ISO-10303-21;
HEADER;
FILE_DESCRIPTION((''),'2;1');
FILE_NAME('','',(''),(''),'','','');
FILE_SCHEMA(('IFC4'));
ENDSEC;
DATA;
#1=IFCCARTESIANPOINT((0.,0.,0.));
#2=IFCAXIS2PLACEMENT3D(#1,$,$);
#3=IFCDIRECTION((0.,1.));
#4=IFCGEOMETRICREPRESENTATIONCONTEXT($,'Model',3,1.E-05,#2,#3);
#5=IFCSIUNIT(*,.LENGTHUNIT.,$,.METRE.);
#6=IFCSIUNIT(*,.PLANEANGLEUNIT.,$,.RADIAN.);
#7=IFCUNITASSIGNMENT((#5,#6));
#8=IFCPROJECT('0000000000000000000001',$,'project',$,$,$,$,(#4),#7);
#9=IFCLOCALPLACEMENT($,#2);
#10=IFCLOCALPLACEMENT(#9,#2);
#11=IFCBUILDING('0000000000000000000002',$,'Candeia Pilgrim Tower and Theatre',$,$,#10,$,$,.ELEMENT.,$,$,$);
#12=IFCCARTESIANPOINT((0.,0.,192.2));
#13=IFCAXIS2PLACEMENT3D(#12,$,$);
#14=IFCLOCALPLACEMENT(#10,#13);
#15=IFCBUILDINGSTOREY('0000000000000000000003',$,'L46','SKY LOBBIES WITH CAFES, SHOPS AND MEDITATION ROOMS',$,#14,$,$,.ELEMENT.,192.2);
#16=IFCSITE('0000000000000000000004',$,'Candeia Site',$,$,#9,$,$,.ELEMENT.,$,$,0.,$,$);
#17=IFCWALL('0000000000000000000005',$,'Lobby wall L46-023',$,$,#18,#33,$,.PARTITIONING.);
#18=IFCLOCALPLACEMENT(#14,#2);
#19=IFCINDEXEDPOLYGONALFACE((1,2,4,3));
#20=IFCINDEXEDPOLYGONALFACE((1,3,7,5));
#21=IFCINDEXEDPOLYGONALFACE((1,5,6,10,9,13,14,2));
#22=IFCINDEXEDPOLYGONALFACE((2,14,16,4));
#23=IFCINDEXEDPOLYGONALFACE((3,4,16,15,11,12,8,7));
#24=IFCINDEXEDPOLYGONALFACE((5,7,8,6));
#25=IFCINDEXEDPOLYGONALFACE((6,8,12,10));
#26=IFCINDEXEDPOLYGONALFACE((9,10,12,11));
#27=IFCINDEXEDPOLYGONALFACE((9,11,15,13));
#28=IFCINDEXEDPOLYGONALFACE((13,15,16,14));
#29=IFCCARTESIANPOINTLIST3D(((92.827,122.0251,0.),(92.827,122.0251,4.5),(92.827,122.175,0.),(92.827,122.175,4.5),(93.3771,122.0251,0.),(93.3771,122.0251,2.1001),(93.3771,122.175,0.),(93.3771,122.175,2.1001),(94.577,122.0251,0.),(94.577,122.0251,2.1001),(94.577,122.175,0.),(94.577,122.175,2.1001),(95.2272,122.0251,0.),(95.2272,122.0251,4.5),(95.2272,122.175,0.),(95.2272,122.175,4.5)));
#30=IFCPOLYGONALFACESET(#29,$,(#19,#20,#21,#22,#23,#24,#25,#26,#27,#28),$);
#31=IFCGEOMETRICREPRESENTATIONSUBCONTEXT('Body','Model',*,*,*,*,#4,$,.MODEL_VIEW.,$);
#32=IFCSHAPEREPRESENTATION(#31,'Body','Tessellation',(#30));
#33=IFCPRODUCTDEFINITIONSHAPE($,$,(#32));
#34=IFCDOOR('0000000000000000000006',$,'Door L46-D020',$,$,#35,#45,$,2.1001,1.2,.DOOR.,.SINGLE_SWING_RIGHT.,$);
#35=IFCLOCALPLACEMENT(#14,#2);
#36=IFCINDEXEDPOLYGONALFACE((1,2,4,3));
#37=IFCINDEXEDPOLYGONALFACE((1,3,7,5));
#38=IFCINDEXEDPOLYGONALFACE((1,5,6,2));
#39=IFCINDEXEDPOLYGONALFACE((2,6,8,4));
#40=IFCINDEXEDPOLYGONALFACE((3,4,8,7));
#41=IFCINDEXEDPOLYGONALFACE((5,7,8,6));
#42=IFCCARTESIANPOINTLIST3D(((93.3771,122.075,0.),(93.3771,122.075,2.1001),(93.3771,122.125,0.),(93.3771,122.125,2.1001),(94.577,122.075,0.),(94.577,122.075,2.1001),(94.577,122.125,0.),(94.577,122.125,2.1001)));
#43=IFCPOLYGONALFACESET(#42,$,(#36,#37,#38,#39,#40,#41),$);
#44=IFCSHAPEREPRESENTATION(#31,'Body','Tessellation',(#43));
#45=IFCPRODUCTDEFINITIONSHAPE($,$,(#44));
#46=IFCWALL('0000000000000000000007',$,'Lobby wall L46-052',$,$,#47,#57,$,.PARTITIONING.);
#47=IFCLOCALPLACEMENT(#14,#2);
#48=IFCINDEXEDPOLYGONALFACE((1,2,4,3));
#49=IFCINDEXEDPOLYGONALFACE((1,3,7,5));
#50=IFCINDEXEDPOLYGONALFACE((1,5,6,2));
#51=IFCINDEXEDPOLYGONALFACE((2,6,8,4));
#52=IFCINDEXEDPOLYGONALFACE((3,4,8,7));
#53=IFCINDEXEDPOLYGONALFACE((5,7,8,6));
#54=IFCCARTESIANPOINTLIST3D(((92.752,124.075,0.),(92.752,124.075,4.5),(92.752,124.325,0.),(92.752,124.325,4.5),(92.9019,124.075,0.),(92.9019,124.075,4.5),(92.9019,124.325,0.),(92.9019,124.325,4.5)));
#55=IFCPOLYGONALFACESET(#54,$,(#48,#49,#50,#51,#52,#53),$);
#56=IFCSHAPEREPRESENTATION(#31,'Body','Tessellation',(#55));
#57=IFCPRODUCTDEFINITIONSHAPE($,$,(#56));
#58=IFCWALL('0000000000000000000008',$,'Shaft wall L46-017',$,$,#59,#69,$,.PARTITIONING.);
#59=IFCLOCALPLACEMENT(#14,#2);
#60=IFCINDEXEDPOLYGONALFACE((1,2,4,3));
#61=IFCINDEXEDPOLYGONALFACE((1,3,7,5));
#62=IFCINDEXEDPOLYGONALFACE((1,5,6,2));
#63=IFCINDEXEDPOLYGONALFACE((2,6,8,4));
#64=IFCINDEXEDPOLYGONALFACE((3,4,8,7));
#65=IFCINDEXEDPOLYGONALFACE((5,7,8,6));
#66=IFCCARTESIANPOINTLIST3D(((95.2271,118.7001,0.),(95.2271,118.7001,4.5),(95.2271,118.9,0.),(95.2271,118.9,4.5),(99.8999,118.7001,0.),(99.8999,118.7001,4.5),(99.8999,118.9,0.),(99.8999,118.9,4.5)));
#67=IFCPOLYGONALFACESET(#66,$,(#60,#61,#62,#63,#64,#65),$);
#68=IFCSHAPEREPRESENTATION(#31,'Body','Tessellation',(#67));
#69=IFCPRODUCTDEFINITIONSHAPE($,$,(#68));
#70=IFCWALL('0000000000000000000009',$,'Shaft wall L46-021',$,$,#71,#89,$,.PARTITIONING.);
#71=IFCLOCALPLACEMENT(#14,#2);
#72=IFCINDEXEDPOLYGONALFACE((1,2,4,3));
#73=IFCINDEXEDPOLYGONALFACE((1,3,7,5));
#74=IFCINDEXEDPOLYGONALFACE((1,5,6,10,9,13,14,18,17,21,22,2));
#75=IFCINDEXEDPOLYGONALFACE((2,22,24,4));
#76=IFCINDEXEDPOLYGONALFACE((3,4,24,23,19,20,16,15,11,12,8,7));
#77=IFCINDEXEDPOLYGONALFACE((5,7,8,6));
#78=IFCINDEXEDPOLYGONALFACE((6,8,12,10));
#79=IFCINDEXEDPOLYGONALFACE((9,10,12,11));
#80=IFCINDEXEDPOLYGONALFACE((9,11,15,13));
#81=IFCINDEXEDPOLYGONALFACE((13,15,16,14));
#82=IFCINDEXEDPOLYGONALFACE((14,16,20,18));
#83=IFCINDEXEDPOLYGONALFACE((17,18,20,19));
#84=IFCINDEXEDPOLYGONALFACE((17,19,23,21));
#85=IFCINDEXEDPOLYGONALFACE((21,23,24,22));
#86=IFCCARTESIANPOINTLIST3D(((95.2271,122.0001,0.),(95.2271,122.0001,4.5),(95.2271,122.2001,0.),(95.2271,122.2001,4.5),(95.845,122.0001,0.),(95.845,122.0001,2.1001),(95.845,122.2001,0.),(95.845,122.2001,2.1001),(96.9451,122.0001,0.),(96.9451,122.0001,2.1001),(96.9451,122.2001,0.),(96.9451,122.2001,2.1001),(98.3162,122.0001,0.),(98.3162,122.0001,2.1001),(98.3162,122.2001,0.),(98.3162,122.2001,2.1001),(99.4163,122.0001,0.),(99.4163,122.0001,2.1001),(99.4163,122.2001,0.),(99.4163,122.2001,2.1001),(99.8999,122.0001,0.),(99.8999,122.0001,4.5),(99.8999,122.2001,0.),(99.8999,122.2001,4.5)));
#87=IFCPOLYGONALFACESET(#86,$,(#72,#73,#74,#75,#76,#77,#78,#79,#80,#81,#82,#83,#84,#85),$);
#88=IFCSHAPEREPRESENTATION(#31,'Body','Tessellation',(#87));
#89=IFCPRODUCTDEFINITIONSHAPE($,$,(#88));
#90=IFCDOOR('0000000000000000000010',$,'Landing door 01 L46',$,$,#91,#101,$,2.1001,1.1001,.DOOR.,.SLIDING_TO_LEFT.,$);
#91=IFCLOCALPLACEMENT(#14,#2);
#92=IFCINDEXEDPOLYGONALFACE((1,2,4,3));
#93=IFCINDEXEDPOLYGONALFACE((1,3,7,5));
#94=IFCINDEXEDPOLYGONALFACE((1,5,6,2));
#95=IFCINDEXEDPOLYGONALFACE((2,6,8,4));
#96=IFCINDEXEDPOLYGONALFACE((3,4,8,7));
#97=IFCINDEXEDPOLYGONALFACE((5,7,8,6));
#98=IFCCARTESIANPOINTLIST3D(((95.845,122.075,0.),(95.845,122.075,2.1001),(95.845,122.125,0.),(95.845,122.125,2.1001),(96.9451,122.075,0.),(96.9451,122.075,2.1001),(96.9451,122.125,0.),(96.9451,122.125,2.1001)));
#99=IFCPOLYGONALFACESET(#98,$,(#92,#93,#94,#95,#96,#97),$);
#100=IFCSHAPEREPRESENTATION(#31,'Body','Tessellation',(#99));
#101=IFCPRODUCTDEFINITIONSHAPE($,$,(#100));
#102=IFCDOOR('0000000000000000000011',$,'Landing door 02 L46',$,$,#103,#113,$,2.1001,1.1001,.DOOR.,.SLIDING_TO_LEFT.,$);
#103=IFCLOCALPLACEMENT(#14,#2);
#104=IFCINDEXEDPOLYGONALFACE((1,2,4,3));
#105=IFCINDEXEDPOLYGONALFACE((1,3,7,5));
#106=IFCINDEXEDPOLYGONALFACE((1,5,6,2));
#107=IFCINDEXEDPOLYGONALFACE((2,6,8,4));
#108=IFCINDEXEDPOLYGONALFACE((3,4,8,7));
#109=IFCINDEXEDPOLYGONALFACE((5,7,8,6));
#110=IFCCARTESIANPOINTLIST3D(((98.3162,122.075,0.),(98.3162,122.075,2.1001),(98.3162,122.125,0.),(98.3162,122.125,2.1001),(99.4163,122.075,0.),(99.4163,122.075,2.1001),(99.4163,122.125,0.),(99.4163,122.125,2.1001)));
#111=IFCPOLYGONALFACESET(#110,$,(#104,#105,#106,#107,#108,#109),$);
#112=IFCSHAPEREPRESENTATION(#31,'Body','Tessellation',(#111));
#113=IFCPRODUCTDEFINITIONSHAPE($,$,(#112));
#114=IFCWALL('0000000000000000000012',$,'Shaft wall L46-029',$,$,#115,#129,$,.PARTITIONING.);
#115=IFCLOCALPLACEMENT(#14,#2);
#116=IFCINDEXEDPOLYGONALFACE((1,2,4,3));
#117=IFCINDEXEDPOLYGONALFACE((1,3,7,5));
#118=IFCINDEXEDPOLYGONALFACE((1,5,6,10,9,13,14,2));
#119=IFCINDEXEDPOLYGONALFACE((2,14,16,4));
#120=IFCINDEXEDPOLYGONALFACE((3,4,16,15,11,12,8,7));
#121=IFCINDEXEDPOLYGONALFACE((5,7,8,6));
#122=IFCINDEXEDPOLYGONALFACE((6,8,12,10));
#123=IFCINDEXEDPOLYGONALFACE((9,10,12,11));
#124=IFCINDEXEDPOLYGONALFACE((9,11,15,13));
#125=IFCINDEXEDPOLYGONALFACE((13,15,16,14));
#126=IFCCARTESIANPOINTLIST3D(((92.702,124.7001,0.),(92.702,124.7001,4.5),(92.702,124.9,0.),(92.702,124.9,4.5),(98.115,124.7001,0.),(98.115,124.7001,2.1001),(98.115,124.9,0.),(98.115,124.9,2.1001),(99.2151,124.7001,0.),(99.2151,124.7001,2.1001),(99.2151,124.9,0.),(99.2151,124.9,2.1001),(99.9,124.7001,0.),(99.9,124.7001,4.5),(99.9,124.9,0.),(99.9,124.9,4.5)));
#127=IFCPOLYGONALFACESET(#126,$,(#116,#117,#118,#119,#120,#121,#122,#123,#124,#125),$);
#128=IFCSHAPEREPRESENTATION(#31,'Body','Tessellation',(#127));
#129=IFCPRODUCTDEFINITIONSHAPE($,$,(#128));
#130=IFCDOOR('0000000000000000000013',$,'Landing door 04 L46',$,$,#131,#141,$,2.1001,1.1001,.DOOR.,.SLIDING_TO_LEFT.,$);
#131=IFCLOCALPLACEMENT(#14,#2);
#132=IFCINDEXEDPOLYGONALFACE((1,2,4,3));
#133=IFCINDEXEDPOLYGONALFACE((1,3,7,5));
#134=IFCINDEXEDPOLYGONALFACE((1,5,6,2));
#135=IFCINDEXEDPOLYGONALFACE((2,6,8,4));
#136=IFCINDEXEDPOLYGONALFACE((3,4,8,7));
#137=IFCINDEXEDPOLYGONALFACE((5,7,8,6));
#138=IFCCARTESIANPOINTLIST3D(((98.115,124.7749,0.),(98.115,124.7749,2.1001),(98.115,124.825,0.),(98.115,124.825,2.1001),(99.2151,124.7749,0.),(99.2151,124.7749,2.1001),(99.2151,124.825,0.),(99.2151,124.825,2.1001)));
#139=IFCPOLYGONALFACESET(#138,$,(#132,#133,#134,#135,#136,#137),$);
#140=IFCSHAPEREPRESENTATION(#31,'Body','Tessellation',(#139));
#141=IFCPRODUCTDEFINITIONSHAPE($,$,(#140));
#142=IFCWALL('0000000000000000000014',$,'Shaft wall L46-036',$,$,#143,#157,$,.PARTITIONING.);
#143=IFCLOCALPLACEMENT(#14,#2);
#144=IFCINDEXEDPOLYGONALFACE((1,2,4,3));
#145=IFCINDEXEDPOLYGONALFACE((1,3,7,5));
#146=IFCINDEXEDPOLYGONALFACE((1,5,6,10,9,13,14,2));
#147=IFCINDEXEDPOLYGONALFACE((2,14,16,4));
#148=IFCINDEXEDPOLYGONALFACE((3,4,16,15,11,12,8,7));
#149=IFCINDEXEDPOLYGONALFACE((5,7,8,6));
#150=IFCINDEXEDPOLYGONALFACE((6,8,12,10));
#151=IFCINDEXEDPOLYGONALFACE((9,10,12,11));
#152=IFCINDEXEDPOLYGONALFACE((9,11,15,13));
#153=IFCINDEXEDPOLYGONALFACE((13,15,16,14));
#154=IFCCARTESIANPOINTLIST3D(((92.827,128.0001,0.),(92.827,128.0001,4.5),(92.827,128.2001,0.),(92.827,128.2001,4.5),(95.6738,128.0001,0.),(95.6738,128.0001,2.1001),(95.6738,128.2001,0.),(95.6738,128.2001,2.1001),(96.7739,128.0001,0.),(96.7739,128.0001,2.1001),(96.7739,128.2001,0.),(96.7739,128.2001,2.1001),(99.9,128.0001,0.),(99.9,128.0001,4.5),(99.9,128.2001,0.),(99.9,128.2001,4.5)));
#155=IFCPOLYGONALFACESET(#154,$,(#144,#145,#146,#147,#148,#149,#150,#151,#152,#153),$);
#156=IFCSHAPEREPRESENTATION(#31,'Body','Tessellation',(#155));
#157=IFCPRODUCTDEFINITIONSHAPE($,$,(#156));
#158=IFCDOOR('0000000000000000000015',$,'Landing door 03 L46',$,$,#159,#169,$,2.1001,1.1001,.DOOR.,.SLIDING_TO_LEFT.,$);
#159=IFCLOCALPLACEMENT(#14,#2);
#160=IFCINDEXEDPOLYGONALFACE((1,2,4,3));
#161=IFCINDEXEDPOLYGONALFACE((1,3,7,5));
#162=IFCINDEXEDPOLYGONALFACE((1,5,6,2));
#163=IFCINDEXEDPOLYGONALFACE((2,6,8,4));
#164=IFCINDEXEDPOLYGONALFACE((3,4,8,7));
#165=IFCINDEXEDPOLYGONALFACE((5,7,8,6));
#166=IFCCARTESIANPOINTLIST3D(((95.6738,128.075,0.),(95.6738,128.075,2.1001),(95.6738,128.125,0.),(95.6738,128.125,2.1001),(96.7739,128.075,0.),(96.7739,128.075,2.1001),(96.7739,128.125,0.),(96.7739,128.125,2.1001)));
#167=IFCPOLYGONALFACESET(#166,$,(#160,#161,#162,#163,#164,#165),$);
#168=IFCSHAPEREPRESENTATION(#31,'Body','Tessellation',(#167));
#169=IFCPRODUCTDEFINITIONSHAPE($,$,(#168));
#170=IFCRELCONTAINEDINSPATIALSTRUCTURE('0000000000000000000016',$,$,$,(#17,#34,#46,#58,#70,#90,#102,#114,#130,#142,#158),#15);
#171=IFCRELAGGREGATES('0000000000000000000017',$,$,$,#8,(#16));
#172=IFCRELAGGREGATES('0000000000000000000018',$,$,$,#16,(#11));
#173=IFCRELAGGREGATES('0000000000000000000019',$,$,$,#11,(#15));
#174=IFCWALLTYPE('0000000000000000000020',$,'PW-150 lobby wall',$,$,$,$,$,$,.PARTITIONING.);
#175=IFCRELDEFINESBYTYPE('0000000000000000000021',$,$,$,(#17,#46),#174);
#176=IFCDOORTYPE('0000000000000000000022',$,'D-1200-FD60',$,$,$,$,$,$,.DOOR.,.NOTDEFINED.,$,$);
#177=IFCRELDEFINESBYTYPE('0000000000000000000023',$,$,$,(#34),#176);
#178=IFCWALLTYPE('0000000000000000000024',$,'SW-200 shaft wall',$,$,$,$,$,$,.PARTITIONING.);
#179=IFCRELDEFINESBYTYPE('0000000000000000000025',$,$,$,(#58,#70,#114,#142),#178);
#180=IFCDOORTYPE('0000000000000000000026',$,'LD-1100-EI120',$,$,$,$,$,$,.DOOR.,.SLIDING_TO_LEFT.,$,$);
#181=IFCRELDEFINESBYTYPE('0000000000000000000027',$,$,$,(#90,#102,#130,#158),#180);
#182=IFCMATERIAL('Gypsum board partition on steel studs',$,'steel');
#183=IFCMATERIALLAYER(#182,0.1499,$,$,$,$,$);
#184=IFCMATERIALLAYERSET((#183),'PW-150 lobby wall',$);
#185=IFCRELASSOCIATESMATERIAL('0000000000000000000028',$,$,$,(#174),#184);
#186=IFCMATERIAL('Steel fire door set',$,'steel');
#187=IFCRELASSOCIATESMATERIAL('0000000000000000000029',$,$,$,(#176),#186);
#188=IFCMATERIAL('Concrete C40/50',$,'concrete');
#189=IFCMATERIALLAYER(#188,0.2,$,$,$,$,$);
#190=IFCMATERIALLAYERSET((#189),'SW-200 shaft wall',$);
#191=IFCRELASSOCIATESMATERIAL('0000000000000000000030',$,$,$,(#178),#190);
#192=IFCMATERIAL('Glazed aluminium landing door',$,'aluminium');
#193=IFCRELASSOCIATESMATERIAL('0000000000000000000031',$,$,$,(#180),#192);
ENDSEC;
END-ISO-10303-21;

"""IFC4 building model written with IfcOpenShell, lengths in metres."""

from ifc_helpers import new_model, si_unit, direction, frame, frame_2d, origin, place, context, subcontext, project, spatial, rectangle, extrude, material, layer, layer_set, type_object, element, fill, save


model = new_model("IFC4")

# Units and contexts
model_context = context("Model", 3, precision=1e-05, world=origin(), true_north=direction((0.0, 1.0)))
body_context = subcontext(model_context, "Body", "Model", "MODEL_VIEW")
ifc_project = project(units=[si_unit("LENGTHUNIT", "METRE"), si_unit("PLANEANGLEUNIT", "RADIAN")], contexts=[model_context])

# Site, building, storey
site_placement = place(None, origin())
site = spatial("IfcSite", under=ifc_project, at=site_placement, Name="Candeia Site", CompositionType="ELEMENT", RefElevation=0.0)
building_placement = place(site_placement, origin())
building = spatial("IfcBuilding", under=site, at=building_placement, Name="Candeia Pilgrim Tower and Theatre", CompositionType="ELEMENT")
storey_placement = place(building_placement, frame((0.0, 0.0, 192.2)))
storey = spatial("IfcBuildingStorey", under=building, at=storey_placement, Name="L46", Description="SKY LOBBIES WITH CAFES, SHOPS AND MEDITATION ROOMS", CompositionType="ELEMENT", Elevation=192.2)

# Wall, opening, door
ifc_material_1 = material(Name="Gypsum board partition on steel studs", Category="steel")
ifc_layer_1 = layer(ifc_material_1, 0.1499)
ifc_layer_set_1 = layer_set([ifc_layer_1], Name="PW-150 lobby wall")
wall_type_1 = type_object("IfcWallType", Name="PW-150 lobby wall", PredefinedType="PARTITIONING", material=ifc_layer_set_1)
wall_1_placement = place(storey_placement, frame((92.8269, 122.1001, 0.0), z_axis=(0.0, 0.0, 1.0), x_axis=(1.0, 0.0, 0.0)))
wall_1 = element("IfcWall", 1, at=wall_1_placement, inside=storey, type_object=wall_type_1, Name="Lobby wall L46-023", PredefinedType="PARTITIONING", context=body_context, shape_type="SweptSolid", body=[
    extrude(rectangle(XDim=2.4001, YDim=0.1499, at=frame_2d((1.2002, 0.0))), origin(), (0.0, 0.0, 1.0), 4.5),
])
opening_1_placement = place(wall_1_placement, frame((0.55, 0.0, 0.0)))
opening_1 = element("IfcOpeningElement", 2, at=opening_1_placement, cuts=wall_1, PredefinedType="OPENING", context=body_context, shape_type="SweptSolid", body=[
    extrude(rectangle(XDim=1.2, YDim=2.1001, at=frame_2d((0.6001, 1.05))), frame((0.0, 0.085, 0.0), z_axis=(0.0, -1.0, 0.0), x_axis=(1.0, 0.0, 0.0)), (0.0, 0.0, 1.0), 0.1699),
])
ifc_material_2 = material(Name="Steel fire door set", Category="steel")
door_type_1 = type_object("IfcDoorType", Name="D-1200-FD60", OperationType="NOTDEFINED", PredefinedType="DOOR", material=ifc_material_2)
door_1_placement = place(opening_1_placement, origin())
door_1 = element("IfcDoor", 3, at=door_1_placement, inside=storey, type_object=door_type_1, Name="Door L46-D020", OperationType="SINGLE_SWING_RIGHT", OverallHeight=2.1001, OverallWidth=1.2, PredefinedType="DOOR", context=body_context, shape_type="SweptSolid", body=[
    extrude(rectangle(XDim=1.2, YDim=2.1001, at=frame_2d((0.6001, 1.05))), frame((0.0, 0.0249, 0.0), z_axis=(0.0, -1.0, 0.0), x_axis=(1.0, 0.0, 0.0)), (0.0, 0.0, 1.0), 0.05),
])
fill(opening_1, door_1)

# Walls
wall_2_placement = place(storey_placement, frame((92.8269, 124.075, 0.0), z_axis=(0.0, 0.0, 1.0), x_axis=(0.0, 1.0, 0.0)))
element("IfcWall", 4, at=wall_2_placement, inside=storey, type_object=wall_type_1, Name="Lobby wall L46-052", PredefinedType="PARTITIONING", context=body_context, shape_type="SweptSolid", body=[
    extrude(rectangle(XDim=0.25, YDim=0.1499, at=frame_2d((0.125, 0.0))), origin(), (0.0, 0.0, 1.0), 4.5),
])
ifc_material_3 = material(Name="Concrete C40/50", Category="concrete")
ifc_layer_2 = layer(ifc_material_3, 0.2)
ifc_layer_set_2 = layer_set([ifc_layer_2], Name="SW-200 shaft wall")
wall_type_2 = type_object("IfcWallType", Name="SW-200 shaft wall", PredefinedType="PARTITIONING", material=ifc_layer_set_2)
wall_3_placement = place(storey_placement, frame((95.2271, 118.8, 0.0), z_axis=(0.0, 0.0, 1.0), x_axis=(1.0, 0.0, 0.0)))
element("IfcWall", 5, at=wall_3_placement, inside=storey, type_object=wall_type_2, Name="Shaft wall L46-017", PredefinedType="PARTITIONING", context=body_context, shape_type="SweptSolid", body=[
    extrude(rectangle(XDim=4.6729, YDim=0.2, at=frame_2d((2.3364, 0.0))), origin(), (0.0, 0.0, 1.0), 4.5),
])

# Wall, openings, doors
wall_4_placement = place(storey_placement, frame((95.2271, 122.1001, 0.0), z_axis=(0.0, 0.0, 1.0), x_axis=(1.0, 0.0, 0.0)))
wall_4 = element("IfcWall", 6, at=wall_4_placement, inside=storey, type_object=wall_type_2, Name="Shaft wall L46-021", PredefinedType="PARTITIONING", context=body_context, shape_type="SweptSolid", body=[
    extrude(rectangle(XDim=4.6729, YDim=0.2, at=frame_2d((2.3364, 0.0))), origin(), (0.0, 0.0, 1.0), 4.5),
])
opening_2_placement = place(wall_4_placement, frame((0.6179, 0.0, 0.0)))
opening_2 = element("IfcOpeningElement", 7, at=opening_2_placement, cuts=wall_4, PredefinedType="OPENING", context=body_context, shape_type="SweptSolid", body=[
    extrude(rectangle(XDim=1.1001, YDim=2.1001, at=frame_2d((0.55, 1.05))), frame((0.0, 0.1099, 0.0), z_axis=(0.0, -1.0, 0.0), x_axis=(1.0, 0.0, 0.0)), (0.0, 0.0, 1.0), 0.22),
])
opening_3_placement = place(wall_4_placement, frame((3.0891, 0.0, 0.0)))
opening_3 = element("IfcOpeningElement", 8, at=opening_3_placement, cuts=wall_4, PredefinedType="OPENING", context=body_context, shape_type="SweptSolid", body=[
    extrude(rectangle(XDim=1.1001, YDim=2.1001, at=frame_2d((0.55, 1.05))), frame((0.0, 0.1099, 0.0), z_axis=(0.0, -1.0, 0.0), x_axis=(1.0, 0.0, 0.0)), (0.0, 0.0, 1.0), 0.22),
])
ifc_material_4 = material(Name="Glazed aluminium landing door", Category="aluminium")
door_type_2 = type_object("IfcDoorType", Name="LD-1100-EI120", OperationType="SLIDING_TO_LEFT", PredefinedType="DOOR", material=ifc_material_4)
door_2_placement = place(opening_2_placement, origin())
door_2 = element("IfcDoor", 9, at=door_2_placement, inside=storey, type_object=door_type_2, Name="Landing door 01 L46", OperationType="SLIDING_TO_LEFT", OverallHeight=2.1001, OverallWidth=1.1001, PredefinedType="DOOR", context=body_context, shape_type="SweptSolid", body=[
    extrude(rectangle(XDim=1.1001, YDim=2.1001, at=frame_2d((0.55, 1.05))), frame((0.0, 0.0249, 0.0), z_axis=(0.0, -1.0, 0.0), x_axis=(1.0, 0.0, 0.0)), (0.0, 0.0, 1.0), 0.05),
])
fill(opening_2, door_2)
door_3_placement = place(opening_3_placement, origin())
door_3 = element("IfcDoor", 10, at=door_3_placement, inside=storey, type_object=door_type_2, Name="Landing door 02 L46", OperationType="SLIDING_TO_LEFT", OverallHeight=2.1001, OverallWidth=1.1001, PredefinedType="DOOR", context=body_context, shape_type="SweptSolid", body=[
    extrude(rectangle(XDim=1.1001, YDim=2.1001, at=frame_2d((0.55, 1.05))), frame((0.0, 0.0249, 0.0), z_axis=(0.0, -1.0, 0.0), x_axis=(1.0, 0.0, 0.0)), (0.0, 0.0, 1.0), 0.05),
])
fill(opening_3, door_3)

# Walls, openings, doors
wall_5_placement = place(storey_placement, frame((92.7019, 124.8, 0.0), z_axis=(0.0, 0.0, 1.0), x_axis=(1.0, 0.0, 0.0)))
wall_5 = element("IfcWall", 11, at=wall_5_placement, inside=storey, type_object=wall_type_2, Name="Shaft wall L46-029", PredefinedType="PARTITIONING", context=body_context, shape_type="SweptSolid", body=[
    extrude(rectangle(XDim=7.198, YDim=0.2, at=frame_2d((3.5991, 0.0))), origin(), (0.0, 0.0, 1.0), 4.5),
])
opening_4_placement = place(wall_5_placement, frame((5.4131, 0.0, 0.0)))
opening_4 = element("IfcOpeningElement", 12, at=opening_4_placement, cuts=wall_5, PredefinedType="OPENING", context=body_context, shape_type="SweptSolid", body=[
    extrude(rectangle(XDim=1.1001, YDim=2.1001, at=frame_2d((0.55, 1.05))), frame((0.0, 0.1099, 0.0), z_axis=(0.0, -1.0, 0.0), x_axis=(1.0, 0.0, 0.0)), (0.0, 0.0, 1.0), 0.22),
])
door_4_placement = place(opening_4_placement, origin())
door_4 = element("IfcDoor", 13, at=door_4_placement, inside=storey, type_object=door_type_2, Name="Landing door 04 L46", OperationType="SLIDING_TO_LEFT", OverallHeight=2.1001, OverallWidth=1.1001, PredefinedType="DOOR", context=body_context, shape_type="SweptSolid", body=[
    extrude(rectangle(XDim=1.1001, YDim=2.1001, at=frame_2d((0.55, 1.05))), frame((0.0, 0.0249, 0.0), z_axis=(0.0, -1.0, 0.0), x_axis=(1.0, 0.0, 0.0)), (0.0, 0.0, 1.0), 0.05),
])
fill(opening_4, door_4)
wall_6_placement = place(storey_placement, frame((92.8269, 128.1001, 0.0), z_axis=(0.0, 0.0, 1.0), x_axis=(1.0, 0.0, 0.0)))
wall_6 = element("IfcWall", 14, at=wall_6_placement, inside=storey, type_object=wall_type_2, Name="Shaft wall L46-036", PredefinedType="PARTITIONING", context=body_context, shape_type="SweptSolid", body=[
    extrude(rectangle(XDim=7.073, YDim=0.2, at=frame_2d((3.5366, 0.0))), origin(), (0.0, 0.0, 1.0), 4.5),
])
opening_5_placement = place(wall_6_placement, frame((2.8469, 0.0, 0.0)))
opening_5 = element("IfcOpeningElement", 15, at=opening_5_placement, cuts=wall_6, PredefinedType="OPENING", context=body_context, shape_type="SweptSolid", body=[
    extrude(rectangle(XDim=1.1001, YDim=2.1001, at=frame_2d((0.55, 1.05))), frame((0.0, 0.1099, 0.0), z_axis=(0.0, -1.0, 0.0), x_axis=(1.0, 0.0, 0.0)), (0.0, 0.0, 1.0), 0.22),
])
door_5_placement = place(opening_5_placement, origin())
door_5 = element("IfcDoor", 16, at=door_5_placement, inside=storey, type_object=door_type_2, Name="Landing door 03 L46", OperationType="SLIDING_TO_LEFT", OverallHeight=2.1001, OverallWidth=1.1001, PredefinedType="DOOR", context=body_context, shape_type="SweptSolid", body=[
    extrude(rectangle(XDim=1.1001, YDim=2.1001, at=frame_2d((0.55, 1.05))), frame((0.0, 0.0249, 0.0), z_axis=(0.0, -1.0, 0.0), x_axis=(1.0, 0.0, 0.0)), (0.0, 0.0, 1.0), 0.05),
])
fill(opening_5, door_5)

save(model, "model.ifc")
